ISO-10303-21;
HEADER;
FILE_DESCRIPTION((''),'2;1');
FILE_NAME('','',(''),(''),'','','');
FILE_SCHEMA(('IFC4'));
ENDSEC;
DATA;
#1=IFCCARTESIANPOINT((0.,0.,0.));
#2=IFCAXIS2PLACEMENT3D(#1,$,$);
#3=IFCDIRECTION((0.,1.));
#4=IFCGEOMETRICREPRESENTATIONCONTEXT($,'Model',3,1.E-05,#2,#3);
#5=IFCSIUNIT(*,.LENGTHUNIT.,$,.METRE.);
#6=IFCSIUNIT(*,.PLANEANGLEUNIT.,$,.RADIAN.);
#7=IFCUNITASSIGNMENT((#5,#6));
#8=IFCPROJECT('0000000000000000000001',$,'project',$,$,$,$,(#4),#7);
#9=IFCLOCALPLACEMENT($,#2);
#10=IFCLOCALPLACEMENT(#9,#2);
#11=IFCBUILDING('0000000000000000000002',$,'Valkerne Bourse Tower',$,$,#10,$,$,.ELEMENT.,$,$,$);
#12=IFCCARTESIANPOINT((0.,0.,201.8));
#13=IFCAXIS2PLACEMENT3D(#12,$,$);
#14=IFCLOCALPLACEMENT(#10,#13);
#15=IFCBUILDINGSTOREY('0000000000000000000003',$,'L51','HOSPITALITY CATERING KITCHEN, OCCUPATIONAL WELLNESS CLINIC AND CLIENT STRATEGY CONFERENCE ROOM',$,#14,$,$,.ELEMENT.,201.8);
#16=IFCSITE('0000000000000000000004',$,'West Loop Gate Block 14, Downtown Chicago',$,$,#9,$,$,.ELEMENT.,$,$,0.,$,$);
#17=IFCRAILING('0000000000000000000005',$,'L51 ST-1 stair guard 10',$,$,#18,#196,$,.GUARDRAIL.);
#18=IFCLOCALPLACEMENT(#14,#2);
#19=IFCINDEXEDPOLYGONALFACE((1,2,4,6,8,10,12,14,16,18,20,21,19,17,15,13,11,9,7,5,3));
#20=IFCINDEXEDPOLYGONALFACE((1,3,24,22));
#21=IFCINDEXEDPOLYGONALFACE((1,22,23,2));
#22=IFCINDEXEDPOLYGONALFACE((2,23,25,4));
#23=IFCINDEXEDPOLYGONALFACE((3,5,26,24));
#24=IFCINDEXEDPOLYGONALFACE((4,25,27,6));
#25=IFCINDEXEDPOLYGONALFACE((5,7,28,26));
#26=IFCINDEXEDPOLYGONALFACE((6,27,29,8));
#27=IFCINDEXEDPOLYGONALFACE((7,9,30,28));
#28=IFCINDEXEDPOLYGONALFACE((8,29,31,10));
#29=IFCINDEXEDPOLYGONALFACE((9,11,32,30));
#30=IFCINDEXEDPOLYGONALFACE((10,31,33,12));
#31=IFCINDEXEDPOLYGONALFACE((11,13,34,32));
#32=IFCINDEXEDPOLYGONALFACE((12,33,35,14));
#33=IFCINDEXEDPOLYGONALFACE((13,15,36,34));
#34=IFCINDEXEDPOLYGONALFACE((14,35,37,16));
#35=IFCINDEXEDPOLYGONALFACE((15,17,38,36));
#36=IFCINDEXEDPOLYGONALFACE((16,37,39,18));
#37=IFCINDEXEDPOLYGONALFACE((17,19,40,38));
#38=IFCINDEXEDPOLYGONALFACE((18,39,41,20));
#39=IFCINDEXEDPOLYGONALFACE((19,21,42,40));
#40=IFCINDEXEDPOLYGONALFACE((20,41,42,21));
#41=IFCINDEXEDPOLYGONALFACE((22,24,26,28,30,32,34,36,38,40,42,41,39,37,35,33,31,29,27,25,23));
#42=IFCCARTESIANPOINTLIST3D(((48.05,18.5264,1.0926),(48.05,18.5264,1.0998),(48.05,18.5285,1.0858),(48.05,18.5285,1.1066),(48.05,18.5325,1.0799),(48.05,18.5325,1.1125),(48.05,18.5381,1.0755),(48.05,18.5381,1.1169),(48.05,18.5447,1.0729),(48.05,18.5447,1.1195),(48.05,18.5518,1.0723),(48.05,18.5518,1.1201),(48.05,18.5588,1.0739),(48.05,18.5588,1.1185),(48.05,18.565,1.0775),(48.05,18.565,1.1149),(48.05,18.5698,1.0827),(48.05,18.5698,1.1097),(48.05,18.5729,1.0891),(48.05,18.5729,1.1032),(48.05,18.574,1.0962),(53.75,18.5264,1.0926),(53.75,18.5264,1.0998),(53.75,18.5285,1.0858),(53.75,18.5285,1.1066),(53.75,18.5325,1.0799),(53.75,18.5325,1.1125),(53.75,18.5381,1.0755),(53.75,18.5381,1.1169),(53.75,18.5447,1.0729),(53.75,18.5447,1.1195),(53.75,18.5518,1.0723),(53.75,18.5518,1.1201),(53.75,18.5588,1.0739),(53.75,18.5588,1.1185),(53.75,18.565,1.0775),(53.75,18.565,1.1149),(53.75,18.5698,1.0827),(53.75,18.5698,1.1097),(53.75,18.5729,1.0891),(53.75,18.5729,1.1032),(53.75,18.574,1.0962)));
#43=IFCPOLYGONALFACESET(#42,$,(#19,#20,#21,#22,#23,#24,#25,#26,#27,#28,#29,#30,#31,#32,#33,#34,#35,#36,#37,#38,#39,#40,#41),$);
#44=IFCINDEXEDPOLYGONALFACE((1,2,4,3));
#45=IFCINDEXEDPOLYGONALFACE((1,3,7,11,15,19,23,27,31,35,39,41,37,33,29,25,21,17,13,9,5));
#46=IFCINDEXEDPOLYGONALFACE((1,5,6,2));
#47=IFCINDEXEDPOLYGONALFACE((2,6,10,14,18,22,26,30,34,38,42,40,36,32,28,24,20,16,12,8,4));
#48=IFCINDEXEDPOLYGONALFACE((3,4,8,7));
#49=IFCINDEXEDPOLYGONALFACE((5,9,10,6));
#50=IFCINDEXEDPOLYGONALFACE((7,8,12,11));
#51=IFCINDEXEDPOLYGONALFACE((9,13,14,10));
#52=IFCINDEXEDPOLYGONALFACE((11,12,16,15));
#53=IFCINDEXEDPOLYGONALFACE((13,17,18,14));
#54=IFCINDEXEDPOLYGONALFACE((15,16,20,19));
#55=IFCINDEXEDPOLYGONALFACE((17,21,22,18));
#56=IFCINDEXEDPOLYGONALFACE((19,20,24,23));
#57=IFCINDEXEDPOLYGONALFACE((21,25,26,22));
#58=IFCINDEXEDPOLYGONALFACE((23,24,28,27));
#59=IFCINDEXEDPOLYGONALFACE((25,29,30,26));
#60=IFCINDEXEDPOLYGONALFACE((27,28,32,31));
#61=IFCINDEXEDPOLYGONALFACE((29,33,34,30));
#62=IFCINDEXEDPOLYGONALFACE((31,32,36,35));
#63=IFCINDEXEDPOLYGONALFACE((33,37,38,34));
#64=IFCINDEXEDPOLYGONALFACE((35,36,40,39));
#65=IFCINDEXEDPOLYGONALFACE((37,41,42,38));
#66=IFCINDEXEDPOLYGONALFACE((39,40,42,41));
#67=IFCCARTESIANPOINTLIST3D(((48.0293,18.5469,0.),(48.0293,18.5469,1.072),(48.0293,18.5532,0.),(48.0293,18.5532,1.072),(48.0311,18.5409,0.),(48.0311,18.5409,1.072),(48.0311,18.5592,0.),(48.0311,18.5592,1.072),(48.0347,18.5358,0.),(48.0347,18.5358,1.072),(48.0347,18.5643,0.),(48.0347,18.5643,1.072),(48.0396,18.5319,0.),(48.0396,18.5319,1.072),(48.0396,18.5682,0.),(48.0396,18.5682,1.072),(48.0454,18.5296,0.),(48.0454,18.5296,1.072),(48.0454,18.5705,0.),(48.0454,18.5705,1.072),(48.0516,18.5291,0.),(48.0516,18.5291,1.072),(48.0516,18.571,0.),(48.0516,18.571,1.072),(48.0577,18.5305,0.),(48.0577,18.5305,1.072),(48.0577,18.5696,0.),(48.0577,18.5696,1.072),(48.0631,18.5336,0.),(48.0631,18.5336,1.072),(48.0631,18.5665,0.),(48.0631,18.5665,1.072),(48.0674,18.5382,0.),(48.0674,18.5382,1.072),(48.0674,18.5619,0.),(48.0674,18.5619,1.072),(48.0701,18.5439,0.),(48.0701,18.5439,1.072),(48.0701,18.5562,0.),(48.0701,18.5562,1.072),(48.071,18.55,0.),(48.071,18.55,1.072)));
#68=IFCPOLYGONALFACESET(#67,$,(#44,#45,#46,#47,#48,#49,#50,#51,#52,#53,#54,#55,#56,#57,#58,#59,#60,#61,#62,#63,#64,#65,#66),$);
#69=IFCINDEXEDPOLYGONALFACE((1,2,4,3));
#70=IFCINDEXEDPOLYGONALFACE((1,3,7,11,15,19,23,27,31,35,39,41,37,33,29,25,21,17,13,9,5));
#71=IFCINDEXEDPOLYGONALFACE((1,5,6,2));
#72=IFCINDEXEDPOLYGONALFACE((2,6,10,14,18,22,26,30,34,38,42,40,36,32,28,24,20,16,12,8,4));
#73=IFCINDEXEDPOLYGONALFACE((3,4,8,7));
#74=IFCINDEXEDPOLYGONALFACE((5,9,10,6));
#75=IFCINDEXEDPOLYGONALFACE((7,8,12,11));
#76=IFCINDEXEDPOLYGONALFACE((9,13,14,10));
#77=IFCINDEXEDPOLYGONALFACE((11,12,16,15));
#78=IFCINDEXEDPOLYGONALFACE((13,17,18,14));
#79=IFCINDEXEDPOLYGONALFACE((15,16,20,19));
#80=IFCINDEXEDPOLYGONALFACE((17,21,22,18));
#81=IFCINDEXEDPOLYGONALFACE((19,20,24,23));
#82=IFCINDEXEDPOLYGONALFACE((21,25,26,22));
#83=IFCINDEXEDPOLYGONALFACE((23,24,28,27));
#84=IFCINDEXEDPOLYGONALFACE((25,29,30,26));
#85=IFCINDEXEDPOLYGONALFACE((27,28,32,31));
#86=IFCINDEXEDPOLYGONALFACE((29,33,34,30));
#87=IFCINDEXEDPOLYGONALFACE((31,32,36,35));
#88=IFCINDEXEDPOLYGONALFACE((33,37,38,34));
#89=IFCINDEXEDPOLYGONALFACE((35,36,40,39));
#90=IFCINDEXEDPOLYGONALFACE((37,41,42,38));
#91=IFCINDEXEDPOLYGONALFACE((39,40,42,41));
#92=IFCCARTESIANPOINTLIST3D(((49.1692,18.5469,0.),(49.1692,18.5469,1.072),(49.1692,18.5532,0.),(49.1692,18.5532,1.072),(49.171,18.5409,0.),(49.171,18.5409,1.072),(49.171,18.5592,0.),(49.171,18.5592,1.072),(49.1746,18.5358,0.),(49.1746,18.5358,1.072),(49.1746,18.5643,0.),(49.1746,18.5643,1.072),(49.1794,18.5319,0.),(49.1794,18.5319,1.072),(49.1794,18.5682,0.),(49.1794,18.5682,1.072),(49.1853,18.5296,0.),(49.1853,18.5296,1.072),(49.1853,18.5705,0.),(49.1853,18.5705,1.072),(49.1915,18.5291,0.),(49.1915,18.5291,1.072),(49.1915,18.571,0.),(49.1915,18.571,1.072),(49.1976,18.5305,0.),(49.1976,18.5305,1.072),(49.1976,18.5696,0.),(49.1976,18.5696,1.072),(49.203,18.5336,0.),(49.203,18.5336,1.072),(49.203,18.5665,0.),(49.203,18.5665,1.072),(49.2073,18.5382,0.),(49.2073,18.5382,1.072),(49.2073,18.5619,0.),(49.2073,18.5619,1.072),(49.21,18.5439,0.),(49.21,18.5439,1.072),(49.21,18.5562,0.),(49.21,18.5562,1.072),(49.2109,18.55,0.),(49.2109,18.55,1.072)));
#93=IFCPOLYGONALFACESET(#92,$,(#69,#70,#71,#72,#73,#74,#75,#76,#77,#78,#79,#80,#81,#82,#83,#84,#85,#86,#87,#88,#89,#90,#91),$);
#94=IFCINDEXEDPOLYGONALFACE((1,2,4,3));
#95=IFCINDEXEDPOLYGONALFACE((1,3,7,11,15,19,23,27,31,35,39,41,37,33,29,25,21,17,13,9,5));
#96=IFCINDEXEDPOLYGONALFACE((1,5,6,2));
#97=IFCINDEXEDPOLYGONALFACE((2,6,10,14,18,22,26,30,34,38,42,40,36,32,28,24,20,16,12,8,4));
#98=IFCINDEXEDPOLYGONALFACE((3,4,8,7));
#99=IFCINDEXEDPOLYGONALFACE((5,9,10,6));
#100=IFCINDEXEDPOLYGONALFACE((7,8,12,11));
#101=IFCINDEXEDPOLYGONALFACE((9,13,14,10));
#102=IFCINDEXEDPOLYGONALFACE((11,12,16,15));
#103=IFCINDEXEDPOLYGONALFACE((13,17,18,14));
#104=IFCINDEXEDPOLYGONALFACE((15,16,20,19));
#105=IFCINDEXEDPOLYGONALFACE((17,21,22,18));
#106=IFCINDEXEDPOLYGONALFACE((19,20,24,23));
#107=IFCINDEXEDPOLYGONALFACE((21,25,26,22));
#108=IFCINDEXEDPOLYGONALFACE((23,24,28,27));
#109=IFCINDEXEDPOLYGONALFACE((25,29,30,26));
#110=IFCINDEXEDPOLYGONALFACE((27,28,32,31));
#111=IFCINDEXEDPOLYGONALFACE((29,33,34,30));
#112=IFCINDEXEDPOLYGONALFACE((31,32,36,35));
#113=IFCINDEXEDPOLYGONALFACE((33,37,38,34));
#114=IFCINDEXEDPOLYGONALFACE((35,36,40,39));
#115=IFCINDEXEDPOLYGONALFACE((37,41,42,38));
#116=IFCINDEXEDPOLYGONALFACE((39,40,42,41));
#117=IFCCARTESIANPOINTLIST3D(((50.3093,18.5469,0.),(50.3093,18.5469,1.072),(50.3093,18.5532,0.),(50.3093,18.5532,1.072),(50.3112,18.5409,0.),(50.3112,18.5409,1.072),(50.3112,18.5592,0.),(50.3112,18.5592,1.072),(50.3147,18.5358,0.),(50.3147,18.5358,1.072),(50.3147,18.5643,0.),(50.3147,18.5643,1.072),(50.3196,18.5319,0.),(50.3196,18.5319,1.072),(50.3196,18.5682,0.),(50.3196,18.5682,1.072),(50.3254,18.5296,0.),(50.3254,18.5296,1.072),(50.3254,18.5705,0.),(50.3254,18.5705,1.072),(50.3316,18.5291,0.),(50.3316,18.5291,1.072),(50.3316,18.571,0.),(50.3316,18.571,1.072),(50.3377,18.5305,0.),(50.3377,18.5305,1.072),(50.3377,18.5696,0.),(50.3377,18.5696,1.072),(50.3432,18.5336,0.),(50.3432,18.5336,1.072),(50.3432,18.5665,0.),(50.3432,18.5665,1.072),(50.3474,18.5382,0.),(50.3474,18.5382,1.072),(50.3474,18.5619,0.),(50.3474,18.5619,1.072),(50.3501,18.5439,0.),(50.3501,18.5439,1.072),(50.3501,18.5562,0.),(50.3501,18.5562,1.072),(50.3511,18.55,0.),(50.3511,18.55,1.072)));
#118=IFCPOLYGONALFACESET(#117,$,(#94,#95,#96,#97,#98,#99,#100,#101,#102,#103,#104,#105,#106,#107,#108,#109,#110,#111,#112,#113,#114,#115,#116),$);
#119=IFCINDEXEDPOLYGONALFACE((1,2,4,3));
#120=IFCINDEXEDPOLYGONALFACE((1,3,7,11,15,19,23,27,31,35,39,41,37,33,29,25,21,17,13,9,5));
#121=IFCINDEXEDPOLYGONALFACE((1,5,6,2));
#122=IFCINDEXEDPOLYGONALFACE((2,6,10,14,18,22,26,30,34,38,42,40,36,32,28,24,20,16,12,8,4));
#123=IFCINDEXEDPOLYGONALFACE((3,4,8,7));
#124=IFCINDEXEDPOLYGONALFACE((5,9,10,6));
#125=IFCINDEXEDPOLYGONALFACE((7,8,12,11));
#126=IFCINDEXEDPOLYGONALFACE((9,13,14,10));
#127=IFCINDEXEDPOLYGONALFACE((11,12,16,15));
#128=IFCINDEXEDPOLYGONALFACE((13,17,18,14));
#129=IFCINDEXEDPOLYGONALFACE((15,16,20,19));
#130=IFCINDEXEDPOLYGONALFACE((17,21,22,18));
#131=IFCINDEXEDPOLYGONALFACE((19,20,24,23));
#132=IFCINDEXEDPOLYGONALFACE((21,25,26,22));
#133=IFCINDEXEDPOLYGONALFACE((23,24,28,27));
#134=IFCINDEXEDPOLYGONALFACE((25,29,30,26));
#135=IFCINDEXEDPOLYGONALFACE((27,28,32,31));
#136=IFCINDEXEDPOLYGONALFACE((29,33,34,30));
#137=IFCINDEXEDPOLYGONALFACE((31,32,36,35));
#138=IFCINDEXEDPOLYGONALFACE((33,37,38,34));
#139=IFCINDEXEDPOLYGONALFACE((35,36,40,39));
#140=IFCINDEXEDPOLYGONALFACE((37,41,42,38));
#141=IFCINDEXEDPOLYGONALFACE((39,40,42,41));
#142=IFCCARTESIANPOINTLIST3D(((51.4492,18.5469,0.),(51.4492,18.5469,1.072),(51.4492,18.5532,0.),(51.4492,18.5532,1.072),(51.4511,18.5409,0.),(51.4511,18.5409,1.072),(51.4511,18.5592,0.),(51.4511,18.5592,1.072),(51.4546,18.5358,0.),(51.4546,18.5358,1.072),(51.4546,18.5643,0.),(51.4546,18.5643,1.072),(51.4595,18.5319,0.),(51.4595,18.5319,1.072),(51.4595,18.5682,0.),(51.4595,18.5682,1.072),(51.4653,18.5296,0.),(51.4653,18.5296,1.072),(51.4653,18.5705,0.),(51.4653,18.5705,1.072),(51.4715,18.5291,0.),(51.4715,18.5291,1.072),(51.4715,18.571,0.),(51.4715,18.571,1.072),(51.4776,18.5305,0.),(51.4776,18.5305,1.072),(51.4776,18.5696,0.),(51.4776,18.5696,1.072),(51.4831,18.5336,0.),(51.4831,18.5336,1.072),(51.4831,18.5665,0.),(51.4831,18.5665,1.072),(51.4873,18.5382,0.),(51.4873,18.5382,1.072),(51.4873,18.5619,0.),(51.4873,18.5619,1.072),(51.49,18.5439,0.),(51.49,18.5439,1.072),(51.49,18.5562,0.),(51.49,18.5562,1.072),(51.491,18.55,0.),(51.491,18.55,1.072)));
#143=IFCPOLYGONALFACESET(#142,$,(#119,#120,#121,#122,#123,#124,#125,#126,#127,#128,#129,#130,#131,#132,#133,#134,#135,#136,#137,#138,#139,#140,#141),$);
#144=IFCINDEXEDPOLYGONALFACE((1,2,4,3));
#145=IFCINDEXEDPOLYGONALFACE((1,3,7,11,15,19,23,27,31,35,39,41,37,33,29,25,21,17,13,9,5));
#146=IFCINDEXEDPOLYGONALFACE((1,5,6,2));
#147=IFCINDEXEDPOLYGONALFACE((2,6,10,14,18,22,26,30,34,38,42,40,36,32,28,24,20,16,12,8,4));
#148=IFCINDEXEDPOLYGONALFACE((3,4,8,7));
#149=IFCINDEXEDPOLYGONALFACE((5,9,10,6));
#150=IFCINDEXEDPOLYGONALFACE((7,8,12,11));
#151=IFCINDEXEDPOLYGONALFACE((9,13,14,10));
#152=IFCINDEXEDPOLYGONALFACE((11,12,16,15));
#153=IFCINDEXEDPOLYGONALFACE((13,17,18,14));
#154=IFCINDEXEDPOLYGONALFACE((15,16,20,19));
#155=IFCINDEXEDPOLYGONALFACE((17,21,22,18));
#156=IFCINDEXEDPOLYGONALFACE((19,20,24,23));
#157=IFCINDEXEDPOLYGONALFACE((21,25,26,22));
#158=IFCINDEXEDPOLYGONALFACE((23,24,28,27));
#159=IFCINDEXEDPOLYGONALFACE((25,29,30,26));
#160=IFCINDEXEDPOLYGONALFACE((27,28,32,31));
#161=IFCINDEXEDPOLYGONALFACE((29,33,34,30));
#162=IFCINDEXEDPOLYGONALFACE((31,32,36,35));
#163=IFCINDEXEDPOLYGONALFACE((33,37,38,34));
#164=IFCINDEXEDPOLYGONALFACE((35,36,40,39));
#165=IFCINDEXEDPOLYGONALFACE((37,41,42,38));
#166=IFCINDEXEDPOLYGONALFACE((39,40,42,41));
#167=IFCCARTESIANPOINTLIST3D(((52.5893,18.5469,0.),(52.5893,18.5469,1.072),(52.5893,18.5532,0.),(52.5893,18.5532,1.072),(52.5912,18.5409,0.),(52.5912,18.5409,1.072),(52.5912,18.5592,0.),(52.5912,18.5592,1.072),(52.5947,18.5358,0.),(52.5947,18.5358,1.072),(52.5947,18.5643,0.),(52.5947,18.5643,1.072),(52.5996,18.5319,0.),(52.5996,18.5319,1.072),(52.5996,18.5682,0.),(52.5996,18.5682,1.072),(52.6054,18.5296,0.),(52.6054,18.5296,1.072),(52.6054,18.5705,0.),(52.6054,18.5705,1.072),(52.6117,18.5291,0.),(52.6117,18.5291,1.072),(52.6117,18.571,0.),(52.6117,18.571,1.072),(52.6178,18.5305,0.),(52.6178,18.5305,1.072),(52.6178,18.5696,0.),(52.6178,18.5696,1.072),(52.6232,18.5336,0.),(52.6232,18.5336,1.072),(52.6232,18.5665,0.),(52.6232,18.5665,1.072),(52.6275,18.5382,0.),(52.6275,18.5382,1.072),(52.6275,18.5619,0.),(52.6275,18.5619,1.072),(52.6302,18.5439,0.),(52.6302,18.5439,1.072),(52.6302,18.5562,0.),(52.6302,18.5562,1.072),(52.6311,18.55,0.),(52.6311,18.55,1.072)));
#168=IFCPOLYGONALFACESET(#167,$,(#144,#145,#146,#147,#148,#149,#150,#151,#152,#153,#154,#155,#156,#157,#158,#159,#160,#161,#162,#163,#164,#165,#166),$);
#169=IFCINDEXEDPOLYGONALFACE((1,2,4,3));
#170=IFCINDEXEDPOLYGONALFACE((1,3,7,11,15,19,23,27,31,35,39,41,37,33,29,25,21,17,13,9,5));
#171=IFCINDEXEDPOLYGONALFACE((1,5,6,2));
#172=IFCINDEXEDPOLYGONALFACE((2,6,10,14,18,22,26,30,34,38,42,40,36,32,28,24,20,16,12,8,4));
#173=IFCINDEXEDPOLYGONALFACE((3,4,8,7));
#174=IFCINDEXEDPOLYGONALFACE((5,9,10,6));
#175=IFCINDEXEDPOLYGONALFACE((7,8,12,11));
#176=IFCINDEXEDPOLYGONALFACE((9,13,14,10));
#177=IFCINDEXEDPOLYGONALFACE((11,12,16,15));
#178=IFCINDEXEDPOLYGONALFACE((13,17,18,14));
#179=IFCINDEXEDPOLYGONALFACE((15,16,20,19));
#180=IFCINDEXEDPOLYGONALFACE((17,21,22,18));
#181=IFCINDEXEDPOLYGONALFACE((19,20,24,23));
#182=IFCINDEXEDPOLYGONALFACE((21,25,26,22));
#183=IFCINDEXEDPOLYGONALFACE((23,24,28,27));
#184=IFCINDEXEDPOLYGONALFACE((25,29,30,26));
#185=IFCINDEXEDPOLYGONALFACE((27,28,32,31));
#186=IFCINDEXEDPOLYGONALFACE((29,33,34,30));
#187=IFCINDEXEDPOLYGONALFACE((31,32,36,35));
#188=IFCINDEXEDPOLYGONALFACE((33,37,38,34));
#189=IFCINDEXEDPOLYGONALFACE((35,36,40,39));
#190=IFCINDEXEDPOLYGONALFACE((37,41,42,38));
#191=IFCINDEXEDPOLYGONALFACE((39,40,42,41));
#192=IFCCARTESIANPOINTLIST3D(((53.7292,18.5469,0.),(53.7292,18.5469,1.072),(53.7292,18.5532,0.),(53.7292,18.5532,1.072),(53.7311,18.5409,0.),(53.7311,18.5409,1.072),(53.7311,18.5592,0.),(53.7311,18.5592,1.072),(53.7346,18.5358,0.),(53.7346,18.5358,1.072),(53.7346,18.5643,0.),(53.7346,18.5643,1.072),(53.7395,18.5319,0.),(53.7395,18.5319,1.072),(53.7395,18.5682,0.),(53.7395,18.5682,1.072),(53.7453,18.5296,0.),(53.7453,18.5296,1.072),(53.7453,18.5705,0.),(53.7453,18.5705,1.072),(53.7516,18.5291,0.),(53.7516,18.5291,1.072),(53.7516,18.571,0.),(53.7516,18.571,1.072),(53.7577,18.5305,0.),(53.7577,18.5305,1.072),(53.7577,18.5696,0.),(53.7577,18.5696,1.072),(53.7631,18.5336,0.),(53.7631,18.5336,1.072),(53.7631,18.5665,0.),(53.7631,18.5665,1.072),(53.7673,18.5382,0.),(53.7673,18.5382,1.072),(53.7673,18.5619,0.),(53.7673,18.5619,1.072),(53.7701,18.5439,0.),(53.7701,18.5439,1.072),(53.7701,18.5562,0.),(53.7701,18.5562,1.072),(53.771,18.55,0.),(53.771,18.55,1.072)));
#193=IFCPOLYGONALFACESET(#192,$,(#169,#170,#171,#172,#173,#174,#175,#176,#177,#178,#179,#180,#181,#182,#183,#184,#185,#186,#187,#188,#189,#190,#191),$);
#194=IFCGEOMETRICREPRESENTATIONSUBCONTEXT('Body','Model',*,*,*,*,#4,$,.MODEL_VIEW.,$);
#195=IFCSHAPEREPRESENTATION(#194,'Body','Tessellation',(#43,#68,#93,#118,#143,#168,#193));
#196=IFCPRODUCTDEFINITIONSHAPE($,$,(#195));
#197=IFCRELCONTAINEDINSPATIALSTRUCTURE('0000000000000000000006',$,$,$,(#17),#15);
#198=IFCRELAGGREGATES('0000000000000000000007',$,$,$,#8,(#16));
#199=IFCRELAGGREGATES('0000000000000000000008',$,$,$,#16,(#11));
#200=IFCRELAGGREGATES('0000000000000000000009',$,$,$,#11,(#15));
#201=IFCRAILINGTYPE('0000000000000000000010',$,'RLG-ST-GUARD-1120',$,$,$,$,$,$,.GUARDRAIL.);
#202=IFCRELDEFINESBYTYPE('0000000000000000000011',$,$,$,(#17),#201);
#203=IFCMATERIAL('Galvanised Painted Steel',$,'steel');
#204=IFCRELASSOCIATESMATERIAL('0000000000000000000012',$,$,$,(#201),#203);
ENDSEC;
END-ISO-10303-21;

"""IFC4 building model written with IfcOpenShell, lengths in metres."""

from ifc_helpers import new_model, si_unit, direction, frame, origin, origin_2d, place, context, subcontext, project, spatial, circle, extrude, material, type_object, element, save


model = new_model("IFC4")

# Units and contexts
model_context = context("Model", 3, precision=1e-05, world=origin(), true_north=direction((0.0, 1.0)))
body_context = subcontext(model_context, "Body", "Model", "MODEL_VIEW")
ifc_project = project(units=[si_unit("LENGTHUNIT", "METRE"), si_unit("PLANEANGLEUNIT", "RADIAN")], contexts=[model_context])

# Site, building, storey
site_placement = place(None, origin())
site = spatial("IfcSite", under=ifc_project, at=site_placement, Name="West Loop Gate Block 14, Downtown Chicago", CompositionType="ELEMENT", RefElevation=0.0)
building_placement = place(site_placement, origin())
building = spatial("IfcBuilding", under=site, at=building_placement, Name="Valkerne Bourse Tower", CompositionType="ELEMENT")
storey_placement = place(building_placement, frame((0.0, 0.0, 201.8)))
storey = spatial("IfcBuildingStorey", under=building, at=storey_placement, Name="L51", Description="HOSPITALITY CATERING KITCHEN, OCCUPATIONAL WELLNESS CLINIC AND CLIENT STRATEGY CONFERENCE ROOM", CompositionType="ELEMENT", Elevation=201.8)

# Shared definitions
ifc_material_1 = material(Name="Galvanised Painted Steel", Category="steel")

# Railing
railing_type_1 = type_object("IfcRailingType", Name="RLG-ST-GUARD-1120", PredefinedType="GUARDRAIL", material=ifc_material_1)
for number, where, name in (
    (1, (48.05, 18.55, 0.0), "L51 ST-1 stair guard 10"),
):
    element("IfcRailing", number, at=place(storey_placement, frame(where)), inside=storey, type_object=railing_type_1, Name=name, PredefinedType="GUARDRAIL", context=body_context, shape_type="SweptSolid", body=[
        extrude(circle(Radius=0.0239, at=origin_2d()), frame((0.0, 0.0, 1.0962), z_axis=(1.0, 0.0, 0.0), x_axis=(0.0, 1.0, 0.0)), (0.0, 0.0, 1.0), 5.7),
        extrude(circle(Radius=0.021, at=origin_2d()), origin(), (0.0, 0.0, 1.0), 1.072),
        extrude(circle(Radius=0.021, at=origin_2d()), frame((1.1399, 0.0, 0.0)), (0.0, 0.0, 1.0), 1.072),
        extrude(circle(Radius=0.021, at=origin_2d()), frame((2.28, 0.0, 0.0)), (0.0, 0.0, 1.0), 1.072),
        extrude(circle(Radius=0.021, at=origin_2d()), frame((3.4199, 0.0, 0.0)), (0.0, 0.0, 1.0), 1.072),
        extrude(circle(Radius=0.021, at=origin_2d()), frame((4.5601, 0.0, 0.0)), (0.0, 0.0, 1.0), 1.072),
        extrude(circle(Radius=0.021, at=origin_2d()), frame((5.7, 0.0, 0.0)), (0.0, 0.0, 1.0), 1.072),
    ])

save(model, "model.ifc")
